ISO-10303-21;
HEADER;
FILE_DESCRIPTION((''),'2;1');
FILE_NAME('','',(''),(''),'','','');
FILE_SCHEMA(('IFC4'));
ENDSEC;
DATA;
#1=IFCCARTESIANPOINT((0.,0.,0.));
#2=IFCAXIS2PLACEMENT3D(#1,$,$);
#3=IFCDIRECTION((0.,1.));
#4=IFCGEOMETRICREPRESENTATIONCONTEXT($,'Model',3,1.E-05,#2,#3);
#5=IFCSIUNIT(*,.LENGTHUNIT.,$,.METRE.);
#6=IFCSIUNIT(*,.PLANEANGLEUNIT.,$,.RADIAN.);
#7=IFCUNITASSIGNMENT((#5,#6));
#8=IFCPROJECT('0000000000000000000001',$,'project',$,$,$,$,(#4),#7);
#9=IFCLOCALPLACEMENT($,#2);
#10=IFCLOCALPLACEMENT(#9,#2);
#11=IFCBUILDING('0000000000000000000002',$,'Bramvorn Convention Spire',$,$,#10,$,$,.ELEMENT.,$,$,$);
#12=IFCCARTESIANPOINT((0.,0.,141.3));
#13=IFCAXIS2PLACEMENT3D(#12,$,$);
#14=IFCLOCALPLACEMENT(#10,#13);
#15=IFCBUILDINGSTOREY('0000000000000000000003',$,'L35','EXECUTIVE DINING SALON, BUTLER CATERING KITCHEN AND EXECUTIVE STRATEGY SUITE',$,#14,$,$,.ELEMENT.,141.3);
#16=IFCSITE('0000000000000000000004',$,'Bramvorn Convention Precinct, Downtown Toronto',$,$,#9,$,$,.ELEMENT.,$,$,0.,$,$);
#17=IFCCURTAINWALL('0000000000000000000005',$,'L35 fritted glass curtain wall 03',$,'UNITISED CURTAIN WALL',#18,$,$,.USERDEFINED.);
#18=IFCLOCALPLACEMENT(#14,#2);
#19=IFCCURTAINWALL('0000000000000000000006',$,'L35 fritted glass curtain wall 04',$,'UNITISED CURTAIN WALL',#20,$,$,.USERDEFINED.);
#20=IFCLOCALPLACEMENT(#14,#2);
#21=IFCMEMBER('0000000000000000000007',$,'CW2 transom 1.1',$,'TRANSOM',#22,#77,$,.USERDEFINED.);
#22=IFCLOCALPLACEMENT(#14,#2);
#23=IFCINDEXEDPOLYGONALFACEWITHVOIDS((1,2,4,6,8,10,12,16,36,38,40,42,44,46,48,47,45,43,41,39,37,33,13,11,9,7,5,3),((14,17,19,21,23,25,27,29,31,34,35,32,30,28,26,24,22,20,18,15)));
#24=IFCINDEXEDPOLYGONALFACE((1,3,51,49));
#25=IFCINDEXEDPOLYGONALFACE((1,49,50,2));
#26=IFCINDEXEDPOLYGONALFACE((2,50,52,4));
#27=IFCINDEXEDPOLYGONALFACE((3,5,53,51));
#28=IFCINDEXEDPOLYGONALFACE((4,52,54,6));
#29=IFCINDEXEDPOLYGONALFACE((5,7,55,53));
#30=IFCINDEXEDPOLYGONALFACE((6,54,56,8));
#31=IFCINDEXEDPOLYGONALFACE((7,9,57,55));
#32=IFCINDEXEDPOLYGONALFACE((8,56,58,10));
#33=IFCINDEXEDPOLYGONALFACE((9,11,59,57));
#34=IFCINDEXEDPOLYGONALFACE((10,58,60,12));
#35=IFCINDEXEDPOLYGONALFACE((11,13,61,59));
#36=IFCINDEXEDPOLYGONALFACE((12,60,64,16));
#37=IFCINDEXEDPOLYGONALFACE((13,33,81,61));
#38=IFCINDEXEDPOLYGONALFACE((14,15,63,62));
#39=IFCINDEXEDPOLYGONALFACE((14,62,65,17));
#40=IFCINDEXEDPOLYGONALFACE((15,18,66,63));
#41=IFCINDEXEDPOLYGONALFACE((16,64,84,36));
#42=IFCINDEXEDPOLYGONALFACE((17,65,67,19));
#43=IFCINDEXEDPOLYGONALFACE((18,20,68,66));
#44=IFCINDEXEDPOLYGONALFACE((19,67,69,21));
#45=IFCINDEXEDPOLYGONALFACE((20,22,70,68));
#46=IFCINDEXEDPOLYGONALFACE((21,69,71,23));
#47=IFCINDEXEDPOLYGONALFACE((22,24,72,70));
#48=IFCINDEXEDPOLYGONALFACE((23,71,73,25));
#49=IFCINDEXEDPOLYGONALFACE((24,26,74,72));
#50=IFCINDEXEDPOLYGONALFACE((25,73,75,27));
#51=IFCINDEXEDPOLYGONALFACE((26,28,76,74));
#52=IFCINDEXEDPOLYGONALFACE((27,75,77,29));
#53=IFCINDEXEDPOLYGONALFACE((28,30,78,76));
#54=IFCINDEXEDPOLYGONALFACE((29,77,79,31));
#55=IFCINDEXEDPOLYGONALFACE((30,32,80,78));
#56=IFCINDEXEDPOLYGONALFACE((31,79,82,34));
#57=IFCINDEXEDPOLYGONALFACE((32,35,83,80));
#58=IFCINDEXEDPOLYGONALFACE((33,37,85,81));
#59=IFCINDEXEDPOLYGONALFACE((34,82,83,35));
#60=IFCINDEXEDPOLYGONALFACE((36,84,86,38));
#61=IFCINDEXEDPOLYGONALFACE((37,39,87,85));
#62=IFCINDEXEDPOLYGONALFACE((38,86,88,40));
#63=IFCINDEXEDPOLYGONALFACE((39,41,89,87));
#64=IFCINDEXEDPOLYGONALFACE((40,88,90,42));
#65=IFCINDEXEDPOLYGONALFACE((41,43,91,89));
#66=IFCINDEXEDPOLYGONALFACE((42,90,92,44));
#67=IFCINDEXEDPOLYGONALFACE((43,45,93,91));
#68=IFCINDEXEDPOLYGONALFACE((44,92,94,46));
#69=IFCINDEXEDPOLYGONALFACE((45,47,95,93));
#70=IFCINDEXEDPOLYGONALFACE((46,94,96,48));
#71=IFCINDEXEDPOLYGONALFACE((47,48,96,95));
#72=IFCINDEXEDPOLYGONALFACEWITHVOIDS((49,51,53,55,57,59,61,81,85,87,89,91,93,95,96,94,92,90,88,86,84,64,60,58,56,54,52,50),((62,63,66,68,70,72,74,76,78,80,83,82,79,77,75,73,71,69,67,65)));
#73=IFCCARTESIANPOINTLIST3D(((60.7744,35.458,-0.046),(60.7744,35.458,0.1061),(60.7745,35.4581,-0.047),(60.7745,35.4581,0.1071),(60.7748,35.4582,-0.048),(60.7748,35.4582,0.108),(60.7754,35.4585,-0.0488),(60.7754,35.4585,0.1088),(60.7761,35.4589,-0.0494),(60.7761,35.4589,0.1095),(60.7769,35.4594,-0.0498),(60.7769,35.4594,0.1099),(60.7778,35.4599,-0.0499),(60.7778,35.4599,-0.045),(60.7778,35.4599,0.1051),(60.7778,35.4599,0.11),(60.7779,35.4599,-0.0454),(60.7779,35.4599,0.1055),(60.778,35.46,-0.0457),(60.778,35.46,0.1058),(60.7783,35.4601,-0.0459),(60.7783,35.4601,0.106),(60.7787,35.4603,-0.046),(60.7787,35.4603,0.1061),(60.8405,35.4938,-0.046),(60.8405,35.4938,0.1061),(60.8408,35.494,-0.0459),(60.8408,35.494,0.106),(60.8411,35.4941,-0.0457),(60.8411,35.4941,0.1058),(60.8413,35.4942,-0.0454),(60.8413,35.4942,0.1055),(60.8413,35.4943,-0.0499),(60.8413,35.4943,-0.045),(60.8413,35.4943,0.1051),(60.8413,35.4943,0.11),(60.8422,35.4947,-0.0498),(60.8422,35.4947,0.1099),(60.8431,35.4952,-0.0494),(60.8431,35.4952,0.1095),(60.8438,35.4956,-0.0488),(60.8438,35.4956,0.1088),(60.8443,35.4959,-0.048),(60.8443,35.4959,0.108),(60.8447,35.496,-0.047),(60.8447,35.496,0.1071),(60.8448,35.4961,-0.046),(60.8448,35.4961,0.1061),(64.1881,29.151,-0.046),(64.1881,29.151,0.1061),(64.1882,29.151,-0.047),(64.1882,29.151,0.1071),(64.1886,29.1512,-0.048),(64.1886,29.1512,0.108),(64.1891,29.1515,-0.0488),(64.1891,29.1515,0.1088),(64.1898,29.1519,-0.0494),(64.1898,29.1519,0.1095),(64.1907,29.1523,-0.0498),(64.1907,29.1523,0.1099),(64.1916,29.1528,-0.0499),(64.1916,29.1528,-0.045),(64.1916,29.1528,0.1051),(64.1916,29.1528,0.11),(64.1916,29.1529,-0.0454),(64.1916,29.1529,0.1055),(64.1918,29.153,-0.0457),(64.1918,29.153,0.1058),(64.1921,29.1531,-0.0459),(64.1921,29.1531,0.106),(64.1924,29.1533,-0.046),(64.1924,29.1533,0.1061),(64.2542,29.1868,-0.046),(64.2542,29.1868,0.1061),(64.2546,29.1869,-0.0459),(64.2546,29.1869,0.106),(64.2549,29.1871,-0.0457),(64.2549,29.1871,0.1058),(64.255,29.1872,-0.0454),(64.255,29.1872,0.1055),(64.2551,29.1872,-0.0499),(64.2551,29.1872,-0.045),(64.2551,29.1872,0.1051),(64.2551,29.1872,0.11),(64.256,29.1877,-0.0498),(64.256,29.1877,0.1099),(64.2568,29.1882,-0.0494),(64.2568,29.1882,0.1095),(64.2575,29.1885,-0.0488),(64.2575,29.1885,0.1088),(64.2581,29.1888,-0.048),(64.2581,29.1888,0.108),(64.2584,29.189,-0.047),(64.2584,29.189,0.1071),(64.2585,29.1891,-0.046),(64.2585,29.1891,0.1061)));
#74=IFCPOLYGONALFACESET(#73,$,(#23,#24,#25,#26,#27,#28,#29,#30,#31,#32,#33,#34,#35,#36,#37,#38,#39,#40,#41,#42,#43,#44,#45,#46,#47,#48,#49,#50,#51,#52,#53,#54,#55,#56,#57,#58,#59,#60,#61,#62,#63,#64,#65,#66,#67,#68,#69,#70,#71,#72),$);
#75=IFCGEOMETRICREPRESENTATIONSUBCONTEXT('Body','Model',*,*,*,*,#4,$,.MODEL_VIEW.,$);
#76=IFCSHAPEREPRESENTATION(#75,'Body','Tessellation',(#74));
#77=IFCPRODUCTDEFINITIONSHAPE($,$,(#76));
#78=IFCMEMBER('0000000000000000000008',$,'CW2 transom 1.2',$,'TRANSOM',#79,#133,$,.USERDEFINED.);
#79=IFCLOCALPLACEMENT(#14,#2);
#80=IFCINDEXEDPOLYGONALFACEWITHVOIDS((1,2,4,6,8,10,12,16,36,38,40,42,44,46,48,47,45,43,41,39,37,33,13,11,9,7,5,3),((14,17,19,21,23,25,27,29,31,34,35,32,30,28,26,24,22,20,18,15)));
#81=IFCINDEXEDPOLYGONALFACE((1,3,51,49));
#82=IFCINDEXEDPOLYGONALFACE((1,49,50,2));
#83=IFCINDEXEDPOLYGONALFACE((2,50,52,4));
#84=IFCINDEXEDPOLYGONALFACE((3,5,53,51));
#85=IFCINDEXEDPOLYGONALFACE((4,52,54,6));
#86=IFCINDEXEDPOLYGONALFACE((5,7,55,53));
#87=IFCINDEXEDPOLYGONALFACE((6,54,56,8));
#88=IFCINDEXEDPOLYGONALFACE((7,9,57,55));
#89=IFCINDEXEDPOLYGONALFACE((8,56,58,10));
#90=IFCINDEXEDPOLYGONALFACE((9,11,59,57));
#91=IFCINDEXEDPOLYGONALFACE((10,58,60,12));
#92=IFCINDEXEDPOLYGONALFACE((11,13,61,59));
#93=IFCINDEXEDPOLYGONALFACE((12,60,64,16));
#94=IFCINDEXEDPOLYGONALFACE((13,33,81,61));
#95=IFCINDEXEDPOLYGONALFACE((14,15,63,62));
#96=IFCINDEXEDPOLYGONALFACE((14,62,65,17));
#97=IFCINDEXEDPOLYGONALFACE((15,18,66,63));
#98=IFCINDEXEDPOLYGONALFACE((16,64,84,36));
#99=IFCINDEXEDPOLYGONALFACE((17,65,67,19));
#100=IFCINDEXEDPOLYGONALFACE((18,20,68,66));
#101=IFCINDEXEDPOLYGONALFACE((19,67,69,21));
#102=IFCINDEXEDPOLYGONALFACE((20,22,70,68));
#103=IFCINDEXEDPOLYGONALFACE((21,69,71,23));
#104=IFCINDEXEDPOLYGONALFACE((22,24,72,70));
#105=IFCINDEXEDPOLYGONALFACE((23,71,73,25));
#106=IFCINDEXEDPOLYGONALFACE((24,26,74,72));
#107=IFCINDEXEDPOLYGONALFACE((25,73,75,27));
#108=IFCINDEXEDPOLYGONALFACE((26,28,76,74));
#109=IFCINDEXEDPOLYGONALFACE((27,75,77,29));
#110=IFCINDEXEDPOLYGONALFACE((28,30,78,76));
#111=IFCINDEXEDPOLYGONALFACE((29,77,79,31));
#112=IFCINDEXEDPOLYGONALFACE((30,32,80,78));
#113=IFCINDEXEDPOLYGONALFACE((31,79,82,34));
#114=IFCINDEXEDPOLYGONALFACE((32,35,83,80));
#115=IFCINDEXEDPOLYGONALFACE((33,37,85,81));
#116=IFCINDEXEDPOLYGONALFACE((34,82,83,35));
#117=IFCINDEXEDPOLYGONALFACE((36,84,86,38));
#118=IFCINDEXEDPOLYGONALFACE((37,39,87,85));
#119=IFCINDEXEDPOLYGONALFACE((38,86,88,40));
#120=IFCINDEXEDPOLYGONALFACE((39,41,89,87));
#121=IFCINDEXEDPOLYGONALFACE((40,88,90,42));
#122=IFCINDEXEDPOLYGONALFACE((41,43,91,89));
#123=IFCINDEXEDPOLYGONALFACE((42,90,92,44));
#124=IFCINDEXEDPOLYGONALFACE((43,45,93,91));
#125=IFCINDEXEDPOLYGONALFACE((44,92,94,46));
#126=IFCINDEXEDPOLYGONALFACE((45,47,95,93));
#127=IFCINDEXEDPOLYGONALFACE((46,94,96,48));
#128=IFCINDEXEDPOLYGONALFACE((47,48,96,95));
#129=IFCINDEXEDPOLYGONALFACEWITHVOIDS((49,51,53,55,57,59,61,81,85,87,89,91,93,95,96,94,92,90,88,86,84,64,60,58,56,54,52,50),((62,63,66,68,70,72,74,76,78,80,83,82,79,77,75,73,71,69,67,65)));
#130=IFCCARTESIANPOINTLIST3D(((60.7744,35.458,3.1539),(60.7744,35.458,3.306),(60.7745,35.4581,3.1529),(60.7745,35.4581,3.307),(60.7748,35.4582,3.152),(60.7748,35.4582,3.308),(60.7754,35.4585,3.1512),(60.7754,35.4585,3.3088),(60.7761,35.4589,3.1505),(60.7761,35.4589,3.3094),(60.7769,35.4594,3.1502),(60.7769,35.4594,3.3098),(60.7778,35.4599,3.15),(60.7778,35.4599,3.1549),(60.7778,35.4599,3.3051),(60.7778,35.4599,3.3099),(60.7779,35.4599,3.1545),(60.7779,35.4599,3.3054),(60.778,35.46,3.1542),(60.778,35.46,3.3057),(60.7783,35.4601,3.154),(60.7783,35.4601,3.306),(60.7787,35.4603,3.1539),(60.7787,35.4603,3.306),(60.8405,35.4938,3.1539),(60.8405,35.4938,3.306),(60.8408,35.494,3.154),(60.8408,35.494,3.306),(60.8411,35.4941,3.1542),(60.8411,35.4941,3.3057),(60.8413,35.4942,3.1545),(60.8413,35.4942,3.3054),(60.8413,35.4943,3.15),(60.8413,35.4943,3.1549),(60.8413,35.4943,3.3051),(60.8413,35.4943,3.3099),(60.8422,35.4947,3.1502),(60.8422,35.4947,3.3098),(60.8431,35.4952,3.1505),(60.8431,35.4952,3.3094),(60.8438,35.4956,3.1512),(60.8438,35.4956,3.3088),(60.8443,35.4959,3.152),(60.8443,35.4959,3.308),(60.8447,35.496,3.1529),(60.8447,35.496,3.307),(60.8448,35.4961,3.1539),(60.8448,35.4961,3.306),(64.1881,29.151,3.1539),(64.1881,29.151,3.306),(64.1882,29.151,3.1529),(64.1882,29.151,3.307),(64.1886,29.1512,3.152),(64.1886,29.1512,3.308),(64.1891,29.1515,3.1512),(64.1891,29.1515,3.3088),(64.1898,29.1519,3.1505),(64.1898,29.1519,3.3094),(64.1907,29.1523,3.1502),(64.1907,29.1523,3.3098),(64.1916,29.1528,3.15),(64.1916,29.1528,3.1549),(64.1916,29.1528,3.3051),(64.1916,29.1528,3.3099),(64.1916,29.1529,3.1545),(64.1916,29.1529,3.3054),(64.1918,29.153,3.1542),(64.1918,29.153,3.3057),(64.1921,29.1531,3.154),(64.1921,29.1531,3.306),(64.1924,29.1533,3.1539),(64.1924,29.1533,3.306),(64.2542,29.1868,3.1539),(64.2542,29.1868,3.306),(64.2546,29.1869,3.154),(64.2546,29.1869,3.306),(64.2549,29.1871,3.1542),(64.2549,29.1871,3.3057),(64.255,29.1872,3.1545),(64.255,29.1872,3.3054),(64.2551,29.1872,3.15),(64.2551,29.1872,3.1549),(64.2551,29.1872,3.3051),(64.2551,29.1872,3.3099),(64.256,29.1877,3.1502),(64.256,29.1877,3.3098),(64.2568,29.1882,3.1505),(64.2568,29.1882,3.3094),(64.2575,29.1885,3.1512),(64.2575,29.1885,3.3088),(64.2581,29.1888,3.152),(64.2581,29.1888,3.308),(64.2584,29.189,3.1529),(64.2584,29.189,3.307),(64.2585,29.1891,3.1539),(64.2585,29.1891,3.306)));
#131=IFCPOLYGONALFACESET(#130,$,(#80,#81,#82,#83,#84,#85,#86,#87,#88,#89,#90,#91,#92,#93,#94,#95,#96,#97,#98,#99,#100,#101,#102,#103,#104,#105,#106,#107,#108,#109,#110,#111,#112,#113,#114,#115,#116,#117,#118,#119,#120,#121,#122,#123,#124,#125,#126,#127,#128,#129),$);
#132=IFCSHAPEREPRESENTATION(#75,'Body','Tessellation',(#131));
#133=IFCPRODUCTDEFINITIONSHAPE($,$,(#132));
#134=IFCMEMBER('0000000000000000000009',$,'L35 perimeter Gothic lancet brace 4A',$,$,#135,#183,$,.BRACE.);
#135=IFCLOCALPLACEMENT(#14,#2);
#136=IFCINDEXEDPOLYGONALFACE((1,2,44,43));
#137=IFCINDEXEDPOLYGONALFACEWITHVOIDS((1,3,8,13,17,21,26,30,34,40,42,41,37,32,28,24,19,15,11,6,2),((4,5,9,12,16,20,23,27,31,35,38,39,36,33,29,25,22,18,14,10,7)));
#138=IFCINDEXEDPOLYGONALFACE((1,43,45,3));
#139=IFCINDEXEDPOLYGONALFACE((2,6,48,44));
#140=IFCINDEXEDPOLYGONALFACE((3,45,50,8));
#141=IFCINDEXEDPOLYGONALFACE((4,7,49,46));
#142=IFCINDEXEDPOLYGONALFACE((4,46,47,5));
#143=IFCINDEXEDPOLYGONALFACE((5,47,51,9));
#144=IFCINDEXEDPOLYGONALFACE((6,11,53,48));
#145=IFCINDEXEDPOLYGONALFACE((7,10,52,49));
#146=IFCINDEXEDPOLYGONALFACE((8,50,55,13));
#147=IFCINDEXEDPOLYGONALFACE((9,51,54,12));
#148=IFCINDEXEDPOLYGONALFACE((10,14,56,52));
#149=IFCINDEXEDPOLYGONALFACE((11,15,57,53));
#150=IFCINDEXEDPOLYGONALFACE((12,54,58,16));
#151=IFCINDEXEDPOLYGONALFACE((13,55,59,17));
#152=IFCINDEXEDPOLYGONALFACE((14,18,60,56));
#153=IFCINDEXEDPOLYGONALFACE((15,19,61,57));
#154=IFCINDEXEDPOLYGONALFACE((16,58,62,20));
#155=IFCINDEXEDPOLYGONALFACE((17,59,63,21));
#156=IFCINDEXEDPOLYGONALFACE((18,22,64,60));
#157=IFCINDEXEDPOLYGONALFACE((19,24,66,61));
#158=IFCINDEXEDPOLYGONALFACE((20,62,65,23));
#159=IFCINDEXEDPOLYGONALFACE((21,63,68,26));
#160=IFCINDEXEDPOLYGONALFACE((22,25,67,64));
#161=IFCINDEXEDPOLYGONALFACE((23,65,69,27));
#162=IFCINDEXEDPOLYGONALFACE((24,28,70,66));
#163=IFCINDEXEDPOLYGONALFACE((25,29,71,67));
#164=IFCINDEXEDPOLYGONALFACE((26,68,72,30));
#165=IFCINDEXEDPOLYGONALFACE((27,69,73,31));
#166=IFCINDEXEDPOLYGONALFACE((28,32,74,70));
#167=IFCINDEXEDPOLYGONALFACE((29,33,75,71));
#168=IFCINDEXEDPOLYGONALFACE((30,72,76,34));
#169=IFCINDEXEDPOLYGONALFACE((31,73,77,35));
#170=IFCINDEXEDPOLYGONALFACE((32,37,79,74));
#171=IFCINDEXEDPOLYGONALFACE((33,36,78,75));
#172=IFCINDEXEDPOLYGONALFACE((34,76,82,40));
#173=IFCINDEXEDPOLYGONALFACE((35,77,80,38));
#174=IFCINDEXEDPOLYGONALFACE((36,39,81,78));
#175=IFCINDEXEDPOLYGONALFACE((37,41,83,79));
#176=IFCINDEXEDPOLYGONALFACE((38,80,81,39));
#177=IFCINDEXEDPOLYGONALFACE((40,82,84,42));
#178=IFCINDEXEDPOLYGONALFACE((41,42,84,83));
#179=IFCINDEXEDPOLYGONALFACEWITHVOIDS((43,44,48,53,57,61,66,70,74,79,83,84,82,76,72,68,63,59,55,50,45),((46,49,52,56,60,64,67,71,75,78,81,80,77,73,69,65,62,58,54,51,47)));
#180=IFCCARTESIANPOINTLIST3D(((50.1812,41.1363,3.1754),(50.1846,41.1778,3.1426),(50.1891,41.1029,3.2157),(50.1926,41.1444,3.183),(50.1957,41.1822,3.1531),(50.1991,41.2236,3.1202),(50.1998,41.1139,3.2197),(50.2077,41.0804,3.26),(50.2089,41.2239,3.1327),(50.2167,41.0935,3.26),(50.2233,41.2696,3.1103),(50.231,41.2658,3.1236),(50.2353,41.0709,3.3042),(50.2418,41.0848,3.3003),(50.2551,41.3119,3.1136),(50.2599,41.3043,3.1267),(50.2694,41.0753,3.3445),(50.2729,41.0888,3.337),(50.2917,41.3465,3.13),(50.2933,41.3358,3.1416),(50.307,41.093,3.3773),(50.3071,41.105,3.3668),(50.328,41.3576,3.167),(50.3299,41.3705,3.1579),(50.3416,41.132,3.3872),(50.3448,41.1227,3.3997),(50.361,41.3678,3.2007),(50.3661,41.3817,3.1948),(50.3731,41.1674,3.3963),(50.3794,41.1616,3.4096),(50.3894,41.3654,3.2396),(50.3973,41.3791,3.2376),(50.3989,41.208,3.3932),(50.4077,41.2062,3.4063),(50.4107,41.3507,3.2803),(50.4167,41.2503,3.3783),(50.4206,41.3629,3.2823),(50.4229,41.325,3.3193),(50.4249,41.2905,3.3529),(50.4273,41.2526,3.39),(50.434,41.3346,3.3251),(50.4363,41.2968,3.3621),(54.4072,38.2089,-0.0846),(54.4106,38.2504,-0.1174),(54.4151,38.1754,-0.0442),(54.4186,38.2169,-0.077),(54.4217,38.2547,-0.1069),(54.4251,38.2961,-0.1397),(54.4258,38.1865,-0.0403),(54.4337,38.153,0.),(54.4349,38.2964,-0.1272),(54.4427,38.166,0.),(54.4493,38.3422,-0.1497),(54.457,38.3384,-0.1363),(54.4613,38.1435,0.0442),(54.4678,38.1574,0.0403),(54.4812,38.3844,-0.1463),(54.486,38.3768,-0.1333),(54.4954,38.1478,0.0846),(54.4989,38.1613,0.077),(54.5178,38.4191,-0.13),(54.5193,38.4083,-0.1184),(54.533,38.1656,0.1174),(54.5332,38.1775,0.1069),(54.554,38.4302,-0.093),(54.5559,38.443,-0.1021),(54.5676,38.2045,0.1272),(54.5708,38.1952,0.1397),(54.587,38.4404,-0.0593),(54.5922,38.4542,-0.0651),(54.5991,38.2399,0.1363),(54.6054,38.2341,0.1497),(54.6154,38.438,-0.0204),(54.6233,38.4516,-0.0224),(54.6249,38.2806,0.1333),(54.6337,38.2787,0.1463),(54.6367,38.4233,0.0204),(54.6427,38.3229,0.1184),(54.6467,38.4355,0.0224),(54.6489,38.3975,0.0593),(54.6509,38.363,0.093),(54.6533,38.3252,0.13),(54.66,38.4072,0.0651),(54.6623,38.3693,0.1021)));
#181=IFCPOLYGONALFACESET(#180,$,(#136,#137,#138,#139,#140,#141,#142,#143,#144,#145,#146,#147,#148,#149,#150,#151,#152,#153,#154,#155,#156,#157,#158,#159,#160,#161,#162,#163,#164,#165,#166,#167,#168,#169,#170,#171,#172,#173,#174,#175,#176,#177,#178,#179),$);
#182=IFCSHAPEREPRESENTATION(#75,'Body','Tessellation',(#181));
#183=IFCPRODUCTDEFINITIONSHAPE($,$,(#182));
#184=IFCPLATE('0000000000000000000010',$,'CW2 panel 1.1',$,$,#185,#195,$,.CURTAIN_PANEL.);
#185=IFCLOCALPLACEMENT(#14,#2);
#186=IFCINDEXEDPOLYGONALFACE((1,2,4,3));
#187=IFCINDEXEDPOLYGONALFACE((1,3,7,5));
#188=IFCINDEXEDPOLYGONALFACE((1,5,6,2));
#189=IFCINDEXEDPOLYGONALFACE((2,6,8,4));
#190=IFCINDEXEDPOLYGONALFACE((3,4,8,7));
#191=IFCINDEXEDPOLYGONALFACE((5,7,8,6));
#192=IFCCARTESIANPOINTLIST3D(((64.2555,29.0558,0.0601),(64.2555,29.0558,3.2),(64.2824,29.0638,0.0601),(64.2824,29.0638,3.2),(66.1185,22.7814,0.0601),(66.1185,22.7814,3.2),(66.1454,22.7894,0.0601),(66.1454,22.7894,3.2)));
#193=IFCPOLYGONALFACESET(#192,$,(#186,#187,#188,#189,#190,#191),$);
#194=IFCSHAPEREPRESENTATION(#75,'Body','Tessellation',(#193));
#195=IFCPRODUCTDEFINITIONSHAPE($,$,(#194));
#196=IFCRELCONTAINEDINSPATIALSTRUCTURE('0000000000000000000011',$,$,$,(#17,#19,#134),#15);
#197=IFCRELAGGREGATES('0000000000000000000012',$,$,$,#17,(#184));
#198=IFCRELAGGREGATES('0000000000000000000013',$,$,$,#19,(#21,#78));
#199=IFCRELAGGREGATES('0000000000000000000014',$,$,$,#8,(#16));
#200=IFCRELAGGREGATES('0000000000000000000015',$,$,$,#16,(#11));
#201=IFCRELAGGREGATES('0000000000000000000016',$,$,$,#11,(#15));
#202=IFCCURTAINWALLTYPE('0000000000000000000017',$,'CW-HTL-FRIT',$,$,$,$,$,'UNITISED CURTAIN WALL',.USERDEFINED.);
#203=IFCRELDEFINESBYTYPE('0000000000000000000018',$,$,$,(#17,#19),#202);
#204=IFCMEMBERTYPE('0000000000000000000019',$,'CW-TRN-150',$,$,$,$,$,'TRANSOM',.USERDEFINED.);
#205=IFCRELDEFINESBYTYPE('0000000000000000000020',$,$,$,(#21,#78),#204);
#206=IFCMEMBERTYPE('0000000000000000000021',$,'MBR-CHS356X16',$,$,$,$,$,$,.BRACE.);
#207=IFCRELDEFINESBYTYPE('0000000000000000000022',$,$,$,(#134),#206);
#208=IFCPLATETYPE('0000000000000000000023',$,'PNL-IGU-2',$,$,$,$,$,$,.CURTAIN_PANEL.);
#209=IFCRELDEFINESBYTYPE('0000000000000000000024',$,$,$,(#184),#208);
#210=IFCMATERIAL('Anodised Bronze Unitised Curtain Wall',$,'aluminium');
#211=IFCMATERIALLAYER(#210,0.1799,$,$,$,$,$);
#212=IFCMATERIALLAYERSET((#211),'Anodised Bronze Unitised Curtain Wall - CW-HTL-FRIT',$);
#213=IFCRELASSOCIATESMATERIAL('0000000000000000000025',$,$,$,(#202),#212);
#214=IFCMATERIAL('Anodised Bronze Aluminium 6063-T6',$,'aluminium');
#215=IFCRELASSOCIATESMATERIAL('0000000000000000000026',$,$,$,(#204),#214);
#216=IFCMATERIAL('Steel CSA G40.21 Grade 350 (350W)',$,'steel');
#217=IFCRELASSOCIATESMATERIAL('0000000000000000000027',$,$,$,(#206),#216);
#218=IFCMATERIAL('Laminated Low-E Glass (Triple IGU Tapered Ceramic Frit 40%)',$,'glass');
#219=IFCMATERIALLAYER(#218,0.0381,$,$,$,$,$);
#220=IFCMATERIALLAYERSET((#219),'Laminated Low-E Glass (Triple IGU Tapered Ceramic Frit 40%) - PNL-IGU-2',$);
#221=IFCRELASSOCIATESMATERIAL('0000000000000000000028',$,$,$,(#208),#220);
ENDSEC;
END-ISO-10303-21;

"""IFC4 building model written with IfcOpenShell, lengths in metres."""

from ifc_helpers import new_model, si_unit, direction, frame, origin, origin_2d, place, context, subcontext, project, spatial, rectangle, hollow_rectangle, hollow_circle, extrude, material, layer, layer_set, material_profile, profile_set, type_object, element, aggregate, save


model = new_model("IFC4")

# Units and contexts
model_context = context("Model", 3, precision=1e-05, world=origin(), true_north=direction((0.0, 1.0)))
body_context = subcontext(model_context, "Body", "Model", "MODEL_VIEW")
ifc_project = project(units=[si_unit("LENGTHUNIT", "METRE"), si_unit("PLANEANGLEUNIT", "RADIAN")], contexts=[model_context])

# Site, building, storey
site_placement = place(None, origin())
site = spatial("IfcSite", under=ifc_project, at=site_placement, Name="Bramvorn Convention Precinct, Downtown Toronto", CompositionType="ELEMENT", RefElevation=0.0)
building_placement = place(site_placement, origin())
building = spatial("IfcBuilding", under=site, at=building_placement, Name="Bramvorn Convention Spire", CompositionType="ELEMENT")
storey_placement = place(building_placement, frame((0.0, 0.0, 141.3)))
storey = spatial("IfcBuildingStorey", under=building, at=storey_placement, Name="L35", Description="EXECUTIVE DINING SALON, BUTLER CATERING KITCHEN AND EXECUTIVE STRATEGY SUITE", CompositionType="ELEMENT", Elevation=141.3)

# Shared definitions
ifc_material_1 = material(Name="Steel CSA G40.21 Grade 350 (350W)", Category="steel")

# Curtain walls
ifc_material_2 = material(Name="Anodised Bronze Unitised Curtain Wall", Category="aluminium")
ifc_layer_1 = layer(ifc_material_2, 0.1799)
ifc_layer_set_1 = layer_set([ifc_layer_1], Name="Anodised Bronze Unitised Curtain Wall - CW-HTL-FRIT")
curtain_wall_type = type_object("IfcCurtainWallType", Name="CW-HTL-FRIT", ElementType="UNITISED CURTAIN WALL", PredefinedType="USERDEFINED", material=ifc_layer_set_1)
curtain_wall_1_placement = place(storey_placement, origin())
curtain_wall_1 = element("IfcCurtainWall", 1, at=curtain_wall_1_placement, inside=storey, type_object=curtain_wall_type, Name="L35 fritted glass curtain wall 03", ObjectType="UNITISED CURTAIN WALL", PredefinedType="USERDEFINED")
ifc_material_3 = material(Name="Anodised Bronze Aluminium 6063-T6", Category="aluminium")
curtain_wall_2_placement = place(storey_placement, origin())
curtain_wall_2 = element("IfcCurtainWall", 2, at=curtain_wall_2_placement, inside=storey, type_object=curtain_wall_type, Name="L35 fritted glass curtain wall 04", ObjectType="UNITISED CURTAIN WALL", PredefinedType="USERDEFINED")

# Members
ifc_material_profile_1 = material_profile(ifc_material_3, hollow_rectangle(XDim=0.0801, YDim=0.1599, WallThickness=0.0039, InnerFilletRadius=0.001, OuterFilletRadius=0.0039, at=origin_2d()))
ifc_profile_set_1 = profile_set([ifc_material_profile_1], Name="Anodised Bronze Aluminium 6063-T6 - CWT80X160")
member_type_1 = type_object("IfcMemberType", Name="CW-TRN-150", ElementType="TRANSOM", PredefinedType="USERDEFINED", material=ifc_profile_set_1)
member_1_placement = place(storey_placement, frame((60.8096, 35.4771, 0.03), z_axis=(0.476009, -0.87944, 0.0), x_axis=(0.87944, 0.476009, 0.0)))
member_1 = element("IfcMember", 3, at=member_1_placement, type_object=member_type_1, Name="CW2 transom 1.1", ObjectType="TRANSOM", PredefinedType="USERDEFINED", context=body_context, shape_type="SweptSolid", body=[
    extrude(hollow_rectangle(XDim=0.0801, YDim=0.1599, WallThickness=0.0039, InnerFilletRadius=0.001, OuterFilletRadius=0.0039, at=origin_2d()), origin(), (0.0, 0.0, 1.0), 7.1716),
])
member_2_placement = place(storey_placement, frame((60.8096, 35.4771, 3.23), z_axis=(0.476009, -0.87944, 0.0), x_axis=(0.87944, 0.476009, 0.0)))
member_2 = element("IfcMember", 4, at=member_2_placement, type_object=member_type_1, Name="CW2 transom 1.2", ObjectType="TRANSOM", PredefinedType="USERDEFINED", context=body_context, shape_type="SweptSolid", body=[
    extrude(hollow_rectangle(XDim=0.0801, YDim=0.1599, WallThickness=0.0039, InnerFilletRadius=0.001, OuterFilletRadius=0.0039, at=origin_2d()), origin(), (0.0, 0.0, 1.0), 7.1716),
])
ifc_material_profile_2 = material_profile(ifc_material_1, hollow_circle(Radius=0.1777, WallThickness=0.0159, at=origin_2d()))
ifc_profile_set_2 = profile_set([ifc_material_profile_2], Name="Steel CSA G40.21 Grade 350 (350W) - CHS356X16")
member_type_2 = type_object("IfcMemberType", Name="MBR-CHS356X16", PredefinedType="BRACE", material=ifc_profile_set_2)
member_3_placement = place(storey_placement, frame((54.5349, 38.2991, 0.0), z_axis=(-0.694222, 0.480902, 0.535526), x_axis=(-0.56944, -0.822033, 0.0)))
element("IfcMember", 5, at=member_3_placement, inside=storey, type_object=member_type_2, Name="L35 perimeter Gothic lancet brace 4A", PredefinedType="BRACE", context=body_context, shape_type="SweptSolid", body=[
    extrude(hollow_circle(Radius=0.1777, WallThickness=0.0159, at=origin_2d()), origin(), (0.0, 0.0, 1.0), 6.0874),
])

# Plate
ifc_material_4 = material(Name="Laminated Low-E Glass (Triple IGU Tapered Ceramic Frit 40%)", Category="glass")
ifc_layer_2 = layer(ifc_material_4, 0.0381)
ifc_layer_set_2 = layer_set([ifc_layer_2], Name="Laminated Low-E Glass (Triple IGU Tapered Ceramic Frit 40%) - PNL-IGU-2")
plate_type = type_object("IfcPlateType", Name="PNL-IGU-2", PredefinedType="CURTAIN_PANEL", material=ifc_layer_set_2)
plate_1_placement = place(storey_placement, frame((65.2004, 25.9226, 0.0601), z_axis=(0.0, 0.0, 1.0), x_axis=(0.284632, -0.958637, 0.0)))
plate_1 = element("IfcPlate", 6, at=plate_1_placement, type_object=plate_type, Name="CW2 panel 1.1", PredefinedType="CURTAIN_PANEL", context=body_context, shape_type="SweptSolid", body=[
    extrude(rectangle(XDim=6.5452, YDim=0.0281, at=origin_2d()), origin(), (0.0, 0.0, 1.0), 3.1399),
])
aggregate(curtain_wall_1, [plate_1])
aggregate(curtain_wall_2, [member_1, member_2])

save(model, "model.ifc")
